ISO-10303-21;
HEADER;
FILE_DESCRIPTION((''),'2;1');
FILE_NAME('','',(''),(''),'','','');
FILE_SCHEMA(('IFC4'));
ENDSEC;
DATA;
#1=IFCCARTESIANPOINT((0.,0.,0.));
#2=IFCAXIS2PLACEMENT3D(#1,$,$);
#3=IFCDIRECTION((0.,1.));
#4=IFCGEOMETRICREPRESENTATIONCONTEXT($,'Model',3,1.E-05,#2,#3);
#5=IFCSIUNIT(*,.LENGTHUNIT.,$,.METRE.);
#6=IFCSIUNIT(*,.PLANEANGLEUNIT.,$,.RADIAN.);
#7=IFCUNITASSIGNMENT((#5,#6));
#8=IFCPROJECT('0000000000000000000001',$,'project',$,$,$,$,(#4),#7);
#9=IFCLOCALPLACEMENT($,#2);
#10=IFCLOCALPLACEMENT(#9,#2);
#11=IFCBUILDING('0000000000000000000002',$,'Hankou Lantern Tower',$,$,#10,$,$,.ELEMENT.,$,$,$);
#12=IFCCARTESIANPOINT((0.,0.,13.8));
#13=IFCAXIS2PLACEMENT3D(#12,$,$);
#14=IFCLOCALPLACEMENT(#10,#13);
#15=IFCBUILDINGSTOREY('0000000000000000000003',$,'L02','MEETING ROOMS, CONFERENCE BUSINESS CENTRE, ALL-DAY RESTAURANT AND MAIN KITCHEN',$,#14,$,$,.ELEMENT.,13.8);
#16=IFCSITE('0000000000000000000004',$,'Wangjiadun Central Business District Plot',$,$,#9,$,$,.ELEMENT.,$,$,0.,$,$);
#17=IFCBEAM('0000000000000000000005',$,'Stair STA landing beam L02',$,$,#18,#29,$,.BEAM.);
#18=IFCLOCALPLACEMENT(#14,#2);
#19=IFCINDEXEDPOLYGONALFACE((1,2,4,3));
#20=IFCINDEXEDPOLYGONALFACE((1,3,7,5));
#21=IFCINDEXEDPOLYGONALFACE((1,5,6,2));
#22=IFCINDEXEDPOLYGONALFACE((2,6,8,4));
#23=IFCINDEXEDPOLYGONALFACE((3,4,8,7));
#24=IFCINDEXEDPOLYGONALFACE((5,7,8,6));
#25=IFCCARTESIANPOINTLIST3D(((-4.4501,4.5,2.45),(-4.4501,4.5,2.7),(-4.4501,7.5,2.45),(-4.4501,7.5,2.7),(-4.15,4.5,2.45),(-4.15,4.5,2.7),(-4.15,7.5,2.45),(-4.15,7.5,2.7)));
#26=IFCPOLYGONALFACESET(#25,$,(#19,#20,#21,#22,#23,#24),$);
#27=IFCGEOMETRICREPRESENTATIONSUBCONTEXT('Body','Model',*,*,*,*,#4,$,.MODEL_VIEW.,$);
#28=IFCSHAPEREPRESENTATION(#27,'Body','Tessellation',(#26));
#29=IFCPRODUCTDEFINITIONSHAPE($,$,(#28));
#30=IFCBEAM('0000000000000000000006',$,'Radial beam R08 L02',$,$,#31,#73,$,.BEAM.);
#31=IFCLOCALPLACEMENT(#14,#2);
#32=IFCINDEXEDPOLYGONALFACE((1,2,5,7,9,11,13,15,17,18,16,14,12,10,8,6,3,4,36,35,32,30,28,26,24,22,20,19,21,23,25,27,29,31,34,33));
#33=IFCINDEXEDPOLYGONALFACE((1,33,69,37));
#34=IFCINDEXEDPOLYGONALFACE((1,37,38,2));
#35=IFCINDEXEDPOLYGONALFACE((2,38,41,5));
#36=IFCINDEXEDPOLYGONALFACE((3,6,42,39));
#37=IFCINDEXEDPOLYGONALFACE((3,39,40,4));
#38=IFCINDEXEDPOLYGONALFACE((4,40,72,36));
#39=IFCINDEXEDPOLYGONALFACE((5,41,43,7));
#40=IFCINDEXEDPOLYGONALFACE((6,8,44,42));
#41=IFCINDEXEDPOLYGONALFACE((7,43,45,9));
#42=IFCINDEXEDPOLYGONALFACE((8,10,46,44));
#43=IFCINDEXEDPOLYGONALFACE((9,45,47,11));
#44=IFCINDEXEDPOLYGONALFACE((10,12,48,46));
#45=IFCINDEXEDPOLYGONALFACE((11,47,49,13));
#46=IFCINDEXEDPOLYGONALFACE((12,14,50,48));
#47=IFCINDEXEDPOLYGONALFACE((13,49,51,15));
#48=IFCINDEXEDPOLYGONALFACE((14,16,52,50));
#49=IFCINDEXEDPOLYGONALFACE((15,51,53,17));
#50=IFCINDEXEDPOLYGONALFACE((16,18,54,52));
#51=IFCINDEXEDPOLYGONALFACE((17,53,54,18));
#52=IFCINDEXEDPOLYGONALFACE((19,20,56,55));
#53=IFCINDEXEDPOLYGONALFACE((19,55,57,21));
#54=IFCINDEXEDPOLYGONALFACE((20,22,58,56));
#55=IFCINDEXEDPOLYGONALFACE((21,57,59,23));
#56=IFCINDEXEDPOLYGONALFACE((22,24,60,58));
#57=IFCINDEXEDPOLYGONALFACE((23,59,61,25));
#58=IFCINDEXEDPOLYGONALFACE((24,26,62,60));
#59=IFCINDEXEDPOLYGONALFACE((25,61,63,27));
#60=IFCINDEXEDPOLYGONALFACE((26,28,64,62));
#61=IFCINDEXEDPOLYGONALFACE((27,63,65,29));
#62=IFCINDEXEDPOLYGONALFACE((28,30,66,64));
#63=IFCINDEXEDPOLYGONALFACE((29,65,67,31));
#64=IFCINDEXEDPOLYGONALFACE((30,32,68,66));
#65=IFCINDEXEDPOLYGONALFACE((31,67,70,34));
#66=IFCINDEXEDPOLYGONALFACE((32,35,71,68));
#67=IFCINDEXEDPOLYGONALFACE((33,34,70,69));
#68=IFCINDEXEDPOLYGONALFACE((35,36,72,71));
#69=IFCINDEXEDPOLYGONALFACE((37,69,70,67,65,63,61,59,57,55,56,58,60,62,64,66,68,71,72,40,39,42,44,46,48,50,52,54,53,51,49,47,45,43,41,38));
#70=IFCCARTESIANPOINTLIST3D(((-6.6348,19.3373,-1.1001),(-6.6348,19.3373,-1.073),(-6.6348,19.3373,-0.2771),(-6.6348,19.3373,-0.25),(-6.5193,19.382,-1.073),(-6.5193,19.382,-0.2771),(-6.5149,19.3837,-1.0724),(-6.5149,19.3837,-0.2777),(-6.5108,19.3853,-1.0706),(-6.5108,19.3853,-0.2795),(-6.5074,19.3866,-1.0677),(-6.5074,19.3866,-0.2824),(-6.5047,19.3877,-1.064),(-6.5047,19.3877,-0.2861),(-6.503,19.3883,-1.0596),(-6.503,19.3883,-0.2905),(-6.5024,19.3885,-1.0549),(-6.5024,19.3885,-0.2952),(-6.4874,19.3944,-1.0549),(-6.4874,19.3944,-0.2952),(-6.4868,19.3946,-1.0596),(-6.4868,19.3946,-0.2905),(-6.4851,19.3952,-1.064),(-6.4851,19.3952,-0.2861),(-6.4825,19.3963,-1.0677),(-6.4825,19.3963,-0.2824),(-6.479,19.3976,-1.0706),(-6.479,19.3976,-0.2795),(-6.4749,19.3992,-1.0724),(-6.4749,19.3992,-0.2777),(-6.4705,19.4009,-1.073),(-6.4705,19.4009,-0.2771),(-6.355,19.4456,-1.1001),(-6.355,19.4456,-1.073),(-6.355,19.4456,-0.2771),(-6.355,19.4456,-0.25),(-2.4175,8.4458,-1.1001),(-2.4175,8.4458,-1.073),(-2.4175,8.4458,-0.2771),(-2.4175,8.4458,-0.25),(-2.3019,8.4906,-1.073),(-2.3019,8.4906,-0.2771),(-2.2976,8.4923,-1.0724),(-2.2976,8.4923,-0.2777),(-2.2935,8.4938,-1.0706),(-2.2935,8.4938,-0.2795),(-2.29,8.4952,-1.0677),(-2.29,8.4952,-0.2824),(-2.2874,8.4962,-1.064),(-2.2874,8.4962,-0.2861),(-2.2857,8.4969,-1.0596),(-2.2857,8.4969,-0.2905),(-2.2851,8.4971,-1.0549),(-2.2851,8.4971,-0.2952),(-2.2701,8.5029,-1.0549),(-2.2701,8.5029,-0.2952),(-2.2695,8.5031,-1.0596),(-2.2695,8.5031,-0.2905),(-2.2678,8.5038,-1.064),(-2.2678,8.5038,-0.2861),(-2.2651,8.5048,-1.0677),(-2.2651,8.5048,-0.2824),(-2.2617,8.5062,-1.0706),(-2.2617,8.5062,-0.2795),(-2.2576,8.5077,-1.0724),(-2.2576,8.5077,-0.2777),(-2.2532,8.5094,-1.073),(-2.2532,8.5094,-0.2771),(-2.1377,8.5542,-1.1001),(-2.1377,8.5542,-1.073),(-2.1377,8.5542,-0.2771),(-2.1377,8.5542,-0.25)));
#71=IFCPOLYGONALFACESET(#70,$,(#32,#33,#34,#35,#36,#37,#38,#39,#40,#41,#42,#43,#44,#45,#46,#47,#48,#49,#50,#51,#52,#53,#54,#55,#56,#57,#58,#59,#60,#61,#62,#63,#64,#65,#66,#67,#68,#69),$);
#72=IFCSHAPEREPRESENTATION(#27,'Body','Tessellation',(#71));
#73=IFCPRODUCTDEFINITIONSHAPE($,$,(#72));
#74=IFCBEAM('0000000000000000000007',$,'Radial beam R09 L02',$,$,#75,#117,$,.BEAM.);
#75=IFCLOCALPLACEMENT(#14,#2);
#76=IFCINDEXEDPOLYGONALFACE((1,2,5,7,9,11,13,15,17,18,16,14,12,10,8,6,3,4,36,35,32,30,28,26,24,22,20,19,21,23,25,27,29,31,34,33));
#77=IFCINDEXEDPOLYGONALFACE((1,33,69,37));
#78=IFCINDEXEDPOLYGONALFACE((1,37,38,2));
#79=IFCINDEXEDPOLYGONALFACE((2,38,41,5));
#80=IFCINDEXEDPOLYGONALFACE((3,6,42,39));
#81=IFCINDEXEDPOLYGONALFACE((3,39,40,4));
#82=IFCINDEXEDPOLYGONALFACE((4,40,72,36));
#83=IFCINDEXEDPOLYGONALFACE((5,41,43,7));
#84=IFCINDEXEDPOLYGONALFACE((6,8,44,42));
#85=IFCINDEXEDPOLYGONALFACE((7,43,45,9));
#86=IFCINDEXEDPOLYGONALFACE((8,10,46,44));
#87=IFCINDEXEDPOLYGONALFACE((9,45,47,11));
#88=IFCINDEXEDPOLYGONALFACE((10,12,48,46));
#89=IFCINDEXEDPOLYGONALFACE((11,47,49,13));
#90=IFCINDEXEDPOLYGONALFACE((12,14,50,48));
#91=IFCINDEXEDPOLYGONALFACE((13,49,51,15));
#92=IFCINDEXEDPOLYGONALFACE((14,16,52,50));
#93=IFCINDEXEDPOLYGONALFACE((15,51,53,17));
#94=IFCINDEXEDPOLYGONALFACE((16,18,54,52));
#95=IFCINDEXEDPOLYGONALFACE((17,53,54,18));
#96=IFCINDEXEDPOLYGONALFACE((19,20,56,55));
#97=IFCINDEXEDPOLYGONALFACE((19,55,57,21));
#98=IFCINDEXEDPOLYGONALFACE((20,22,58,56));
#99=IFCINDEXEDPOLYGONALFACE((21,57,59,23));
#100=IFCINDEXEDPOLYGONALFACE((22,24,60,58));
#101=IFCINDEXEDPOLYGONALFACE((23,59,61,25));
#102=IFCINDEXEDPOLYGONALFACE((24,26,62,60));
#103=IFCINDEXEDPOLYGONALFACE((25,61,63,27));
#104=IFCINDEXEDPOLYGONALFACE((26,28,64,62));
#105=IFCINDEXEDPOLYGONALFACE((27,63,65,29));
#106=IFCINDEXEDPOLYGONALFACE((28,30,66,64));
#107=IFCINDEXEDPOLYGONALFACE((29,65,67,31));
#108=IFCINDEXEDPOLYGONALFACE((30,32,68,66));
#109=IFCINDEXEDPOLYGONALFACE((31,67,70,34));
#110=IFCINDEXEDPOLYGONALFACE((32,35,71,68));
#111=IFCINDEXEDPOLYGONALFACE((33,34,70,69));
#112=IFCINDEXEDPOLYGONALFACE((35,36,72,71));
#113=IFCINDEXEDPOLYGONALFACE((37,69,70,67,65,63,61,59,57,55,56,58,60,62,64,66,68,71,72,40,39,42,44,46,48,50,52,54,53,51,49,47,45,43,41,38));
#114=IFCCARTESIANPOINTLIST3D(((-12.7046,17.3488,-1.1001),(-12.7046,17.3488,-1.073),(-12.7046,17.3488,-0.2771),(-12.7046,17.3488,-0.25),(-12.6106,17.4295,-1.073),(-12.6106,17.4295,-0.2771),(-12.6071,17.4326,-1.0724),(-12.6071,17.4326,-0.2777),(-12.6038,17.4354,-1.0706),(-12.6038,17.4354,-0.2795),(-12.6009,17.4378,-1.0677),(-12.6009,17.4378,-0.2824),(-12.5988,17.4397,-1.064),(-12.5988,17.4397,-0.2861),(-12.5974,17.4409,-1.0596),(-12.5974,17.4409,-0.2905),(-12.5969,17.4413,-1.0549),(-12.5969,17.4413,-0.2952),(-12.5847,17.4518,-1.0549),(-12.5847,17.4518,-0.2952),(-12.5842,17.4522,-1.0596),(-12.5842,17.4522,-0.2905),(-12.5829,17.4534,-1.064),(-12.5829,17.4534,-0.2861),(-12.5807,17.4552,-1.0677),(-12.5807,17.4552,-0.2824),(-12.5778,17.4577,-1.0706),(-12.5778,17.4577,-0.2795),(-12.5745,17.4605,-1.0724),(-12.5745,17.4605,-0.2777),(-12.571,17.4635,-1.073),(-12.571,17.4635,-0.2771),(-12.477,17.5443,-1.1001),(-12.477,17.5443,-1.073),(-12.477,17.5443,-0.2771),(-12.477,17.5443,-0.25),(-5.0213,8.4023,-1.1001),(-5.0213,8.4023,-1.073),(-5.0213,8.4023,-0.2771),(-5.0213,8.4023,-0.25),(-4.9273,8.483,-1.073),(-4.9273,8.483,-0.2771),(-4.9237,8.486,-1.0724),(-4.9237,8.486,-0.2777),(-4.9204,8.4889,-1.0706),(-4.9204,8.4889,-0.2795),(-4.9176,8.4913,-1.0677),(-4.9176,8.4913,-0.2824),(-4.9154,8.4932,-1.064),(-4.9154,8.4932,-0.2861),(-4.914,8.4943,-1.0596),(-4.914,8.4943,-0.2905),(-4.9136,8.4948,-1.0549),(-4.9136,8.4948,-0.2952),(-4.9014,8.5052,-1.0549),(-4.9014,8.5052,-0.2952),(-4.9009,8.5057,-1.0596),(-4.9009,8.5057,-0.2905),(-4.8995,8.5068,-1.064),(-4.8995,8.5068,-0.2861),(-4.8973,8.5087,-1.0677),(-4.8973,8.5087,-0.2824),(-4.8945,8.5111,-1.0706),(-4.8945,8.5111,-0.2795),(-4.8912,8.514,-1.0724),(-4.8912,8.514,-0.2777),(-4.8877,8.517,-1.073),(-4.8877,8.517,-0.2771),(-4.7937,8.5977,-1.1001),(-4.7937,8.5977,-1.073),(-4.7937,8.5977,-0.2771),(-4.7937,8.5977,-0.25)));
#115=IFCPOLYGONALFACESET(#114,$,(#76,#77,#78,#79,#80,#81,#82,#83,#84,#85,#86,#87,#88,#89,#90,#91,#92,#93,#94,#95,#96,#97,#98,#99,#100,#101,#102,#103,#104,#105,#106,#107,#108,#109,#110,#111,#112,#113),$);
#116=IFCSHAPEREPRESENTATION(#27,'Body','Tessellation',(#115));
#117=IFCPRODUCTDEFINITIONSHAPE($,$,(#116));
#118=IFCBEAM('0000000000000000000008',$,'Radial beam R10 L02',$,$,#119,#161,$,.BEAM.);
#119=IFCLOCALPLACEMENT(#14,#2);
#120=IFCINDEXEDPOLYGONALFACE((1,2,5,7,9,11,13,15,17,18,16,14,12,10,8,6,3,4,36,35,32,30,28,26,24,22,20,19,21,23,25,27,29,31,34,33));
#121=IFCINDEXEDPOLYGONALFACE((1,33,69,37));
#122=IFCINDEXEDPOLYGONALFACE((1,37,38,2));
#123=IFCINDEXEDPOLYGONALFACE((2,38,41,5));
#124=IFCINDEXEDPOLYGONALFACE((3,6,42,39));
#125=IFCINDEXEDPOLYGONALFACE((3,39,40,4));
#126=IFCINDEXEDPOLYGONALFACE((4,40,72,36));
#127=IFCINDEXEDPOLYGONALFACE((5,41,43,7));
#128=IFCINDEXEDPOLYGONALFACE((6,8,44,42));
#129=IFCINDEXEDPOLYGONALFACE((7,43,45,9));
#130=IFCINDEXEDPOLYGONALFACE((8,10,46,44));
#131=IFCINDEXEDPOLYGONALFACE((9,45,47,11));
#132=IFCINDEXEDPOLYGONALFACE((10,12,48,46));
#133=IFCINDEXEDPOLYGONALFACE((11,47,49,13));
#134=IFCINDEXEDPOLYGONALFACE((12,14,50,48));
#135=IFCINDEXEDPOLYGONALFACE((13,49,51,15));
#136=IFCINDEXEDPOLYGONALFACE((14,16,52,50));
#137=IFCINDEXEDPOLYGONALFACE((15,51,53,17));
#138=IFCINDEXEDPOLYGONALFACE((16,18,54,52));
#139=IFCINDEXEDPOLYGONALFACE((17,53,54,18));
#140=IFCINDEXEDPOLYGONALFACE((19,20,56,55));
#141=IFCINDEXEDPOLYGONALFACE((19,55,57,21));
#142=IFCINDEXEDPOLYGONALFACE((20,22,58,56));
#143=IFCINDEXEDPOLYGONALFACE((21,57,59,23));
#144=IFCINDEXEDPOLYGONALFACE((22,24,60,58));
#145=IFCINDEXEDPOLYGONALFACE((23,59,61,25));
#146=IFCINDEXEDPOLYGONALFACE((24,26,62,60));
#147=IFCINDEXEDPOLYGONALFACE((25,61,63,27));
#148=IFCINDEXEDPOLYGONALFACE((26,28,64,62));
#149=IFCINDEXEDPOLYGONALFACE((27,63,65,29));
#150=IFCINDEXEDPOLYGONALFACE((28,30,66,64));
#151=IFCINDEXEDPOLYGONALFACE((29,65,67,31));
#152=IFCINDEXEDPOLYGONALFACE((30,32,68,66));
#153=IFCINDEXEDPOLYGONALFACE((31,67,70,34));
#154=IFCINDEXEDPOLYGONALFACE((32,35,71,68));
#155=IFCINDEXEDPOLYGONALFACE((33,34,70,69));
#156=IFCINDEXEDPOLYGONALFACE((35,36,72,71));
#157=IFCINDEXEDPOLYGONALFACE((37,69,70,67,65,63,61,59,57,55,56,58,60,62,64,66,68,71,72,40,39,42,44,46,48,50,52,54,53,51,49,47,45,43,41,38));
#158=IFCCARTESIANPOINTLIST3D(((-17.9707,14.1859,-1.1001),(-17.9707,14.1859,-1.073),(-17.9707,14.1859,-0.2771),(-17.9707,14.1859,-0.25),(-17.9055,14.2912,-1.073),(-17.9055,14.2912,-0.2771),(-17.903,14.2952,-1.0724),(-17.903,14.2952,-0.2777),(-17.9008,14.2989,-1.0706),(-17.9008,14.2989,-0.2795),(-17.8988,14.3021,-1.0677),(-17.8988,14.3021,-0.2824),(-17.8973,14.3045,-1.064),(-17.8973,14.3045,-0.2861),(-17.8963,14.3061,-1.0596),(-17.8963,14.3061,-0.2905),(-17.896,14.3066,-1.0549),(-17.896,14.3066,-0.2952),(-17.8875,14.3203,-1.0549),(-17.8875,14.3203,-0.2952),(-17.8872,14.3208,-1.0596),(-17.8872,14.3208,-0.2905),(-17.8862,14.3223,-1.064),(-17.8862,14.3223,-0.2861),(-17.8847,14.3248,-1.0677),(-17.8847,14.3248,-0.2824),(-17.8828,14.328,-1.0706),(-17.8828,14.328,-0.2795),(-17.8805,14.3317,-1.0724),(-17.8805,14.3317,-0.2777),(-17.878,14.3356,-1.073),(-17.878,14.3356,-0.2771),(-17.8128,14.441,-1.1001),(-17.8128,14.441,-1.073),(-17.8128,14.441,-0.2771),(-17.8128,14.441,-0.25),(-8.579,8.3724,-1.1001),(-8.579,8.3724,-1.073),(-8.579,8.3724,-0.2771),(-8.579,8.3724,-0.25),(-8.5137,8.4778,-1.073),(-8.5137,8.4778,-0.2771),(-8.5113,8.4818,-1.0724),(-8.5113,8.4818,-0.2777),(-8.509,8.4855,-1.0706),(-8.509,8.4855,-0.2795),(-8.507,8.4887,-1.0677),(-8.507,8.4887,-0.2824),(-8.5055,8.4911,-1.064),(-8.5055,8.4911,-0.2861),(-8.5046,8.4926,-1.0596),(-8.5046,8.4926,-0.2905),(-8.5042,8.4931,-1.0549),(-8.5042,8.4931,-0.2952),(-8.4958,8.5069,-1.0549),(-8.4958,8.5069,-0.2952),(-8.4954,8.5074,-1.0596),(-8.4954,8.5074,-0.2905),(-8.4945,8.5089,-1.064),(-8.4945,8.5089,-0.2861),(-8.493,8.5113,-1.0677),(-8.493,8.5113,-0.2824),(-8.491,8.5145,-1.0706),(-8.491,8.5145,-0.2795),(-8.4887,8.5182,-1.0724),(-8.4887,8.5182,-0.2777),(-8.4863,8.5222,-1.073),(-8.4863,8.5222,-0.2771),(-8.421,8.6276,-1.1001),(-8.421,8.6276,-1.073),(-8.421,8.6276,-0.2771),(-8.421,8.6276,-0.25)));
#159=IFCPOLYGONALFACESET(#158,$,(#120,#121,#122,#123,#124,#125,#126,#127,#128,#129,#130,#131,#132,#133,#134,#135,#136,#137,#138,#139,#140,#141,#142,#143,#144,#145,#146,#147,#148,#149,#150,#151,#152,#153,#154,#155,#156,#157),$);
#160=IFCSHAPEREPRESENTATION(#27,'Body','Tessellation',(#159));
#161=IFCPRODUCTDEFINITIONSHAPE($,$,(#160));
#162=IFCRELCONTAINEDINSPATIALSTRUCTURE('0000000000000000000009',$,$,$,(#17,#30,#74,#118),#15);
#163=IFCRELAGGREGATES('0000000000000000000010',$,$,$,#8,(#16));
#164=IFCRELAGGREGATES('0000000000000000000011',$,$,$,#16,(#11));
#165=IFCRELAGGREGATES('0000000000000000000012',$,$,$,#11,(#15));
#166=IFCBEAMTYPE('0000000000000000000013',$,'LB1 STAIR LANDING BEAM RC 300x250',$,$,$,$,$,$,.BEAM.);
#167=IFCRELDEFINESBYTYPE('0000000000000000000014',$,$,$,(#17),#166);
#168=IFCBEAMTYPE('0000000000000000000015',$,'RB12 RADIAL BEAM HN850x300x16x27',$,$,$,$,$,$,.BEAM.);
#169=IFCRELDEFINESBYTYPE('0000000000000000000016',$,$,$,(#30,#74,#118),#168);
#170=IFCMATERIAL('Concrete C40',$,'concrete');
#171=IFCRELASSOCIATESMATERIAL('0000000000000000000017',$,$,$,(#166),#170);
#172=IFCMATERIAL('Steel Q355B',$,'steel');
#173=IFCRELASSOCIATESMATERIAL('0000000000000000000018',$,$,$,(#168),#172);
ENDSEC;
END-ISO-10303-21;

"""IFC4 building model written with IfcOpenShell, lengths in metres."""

from ifc_helpers import new_model, si_unit, direction, frame, origin, origin_2d, place, context, subcontext, project, spatial, rectangle, i_section, extrude, material, material_profile, profile_set, type_object, element, save


model = new_model("IFC4")

# Units and contexts
model_context = context("Model", 3, precision=1e-05, world=origin(), true_north=direction((0.0, 1.0)))
body_context = subcontext(model_context, "Body", "Model", "MODEL_VIEW")
ifc_project = project(units=[si_unit("LENGTHUNIT", "METRE"), si_unit("PLANEANGLEUNIT", "RADIAN")], contexts=[model_context])

# Site, building, storey
site_placement = place(None, origin())
site = spatial("IfcSite", under=ifc_project, at=site_placement, Name="Wangjiadun Central Business District Plot", CompositionType="ELEMENT", RefElevation=0.0)
building_placement = place(site_placement, origin())
building = spatial("IfcBuilding", under=site, at=building_placement, Name="Hankou Lantern Tower", CompositionType="ELEMENT")
storey_placement = place(building_placement, frame((0.0, 0.0, 13.8)))
storey = spatial("IfcBuildingStorey", under=building, at=storey_placement, Name="L02", Description="MEETING ROOMS, CONFERENCE BUSINESS CENTRE, ALL-DAY RESTAURANT AND MAIN KITCHEN", CompositionType="ELEMENT", Elevation=13.8)

# Beams
ifc_material_1 = material(Name="Concrete C40", Category="concrete")
ifc_material_profile_1 = material_profile(ifc_material_1, rectangle(XDim=0.3, YDim=0.25, at=origin_2d()), Name="RC 300x250")
ifc_profile_set_1 = profile_set([ifc_material_profile_1], Name="Concrete C40")
beam_type_1 = type_object("IfcBeamType", Name="LB1 STAIR LANDING BEAM RC 300x250", PredefinedType="BEAM", material=ifc_profile_set_1)
beam_1_placement = place(storey_placement, frame((-4.3, 4.5, 2.575), z_axis=(0.0, 1.0, 0.0), x_axis=(-1.0, 0.0, 0.0)))
element("IfcBeam", 1, at=beam_1_placement, inside=storey, type_object=beam_type_1, Name="Stair STA landing beam L02", PredefinedType="BEAM", context=body_context, shape_type="SweptSolid", body=[
    extrude(rectangle(XDim=0.3, YDim=0.25, at=origin_2d()), origin(), (0.0, 0.0, 1.0), 3.0),
])
ifc_material_2 = material(Name="Steel Q355B", Category="steel")
ifc_material_profile_2 = material_profile(ifc_material_2, i_section(OverallWidth=0.3, OverallDepth=0.8501, WebThickness=0.0161, FlangeThickness=0.0271, FilletRadius=0.0181, at=origin_2d()), Name="HN850x300x16x27")
ifc_profile_set_2 = profile_set([ifc_material_profile_2], Name="Steel Q355B")
beam_type_2 = type_object("IfcBeamType", Name="RB12 RADIAL BEAM HN850x300x16x27", PredefinedType="BEAM", material=ifc_profile_set_2)
beam_2_placement = place(storey_placement, frame((-2.2776, 8.5, -0.675), z_axis=(-0.361089, 0.932531, 0.0), x_axis=(-0.932531, -0.361089, 0.0)))
element("IfcBeam", 2, at=beam_2_placement, inside=storey, type_object=beam_type_2, Name="Radial beam R08 L02", PredefinedType="BEAM", context=body_context, shape_type="SweptSolid", body=[
    extrude(i_section(OverallWidth=0.3, OverallDepth=0.8501, WebThickness=0.0161, FlangeThickness=0.0271, FilletRadius=0.0181, at=origin_2d()), origin(), (0.0, 0.0, 1.0), 11.6794),
])
beam_3_placement = place(storey_placement, frame((-4.9075, 8.5, -0.675), z_axis=(-0.651519, 0.758632, 0.0), x_axis=(-0.758632, -0.651519, 0.0)))
element("IfcBeam", 3, at=beam_3_placement, inside=storey, type_object=beam_type_2, Name="Radial beam R09 L02", PredefinedType="BEAM", context=body_context, shape_type="SweptSolid", body=[
    extrude(i_section(OverallWidth=0.3, OverallDepth=0.8501, WebThickness=0.0161, FlangeThickness=0.0271, FilletRadius=0.0181, at=origin_2d()), origin(), (0.0, 0.0, 1.0), 11.793),
])
beam_4_placement = place(storey_placement, frame((-8.5, 8.5, -0.675), z_axis=(-0.850286, 0.52632, 0.0), x_axis=(-0.52632, -0.850286, 0.0)))
element("IfcBeam", 4, at=beam_4_placement, inside=storey, type_object=beam_type_2, Name="Radial beam R10 L02", PredefinedType="BEAM", context=body_context, shape_type="SweptSolid", body=[
    extrude(i_section(OverallWidth=0.3, OverallDepth=0.8501, WebThickness=0.0161, FlangeThickness=0.0271, FilletRadius=0.0181, at=origin_2d()), origin(), (0.0, 0.0, 1.0), 11.0454),
])

save(model, "model.ifc")
